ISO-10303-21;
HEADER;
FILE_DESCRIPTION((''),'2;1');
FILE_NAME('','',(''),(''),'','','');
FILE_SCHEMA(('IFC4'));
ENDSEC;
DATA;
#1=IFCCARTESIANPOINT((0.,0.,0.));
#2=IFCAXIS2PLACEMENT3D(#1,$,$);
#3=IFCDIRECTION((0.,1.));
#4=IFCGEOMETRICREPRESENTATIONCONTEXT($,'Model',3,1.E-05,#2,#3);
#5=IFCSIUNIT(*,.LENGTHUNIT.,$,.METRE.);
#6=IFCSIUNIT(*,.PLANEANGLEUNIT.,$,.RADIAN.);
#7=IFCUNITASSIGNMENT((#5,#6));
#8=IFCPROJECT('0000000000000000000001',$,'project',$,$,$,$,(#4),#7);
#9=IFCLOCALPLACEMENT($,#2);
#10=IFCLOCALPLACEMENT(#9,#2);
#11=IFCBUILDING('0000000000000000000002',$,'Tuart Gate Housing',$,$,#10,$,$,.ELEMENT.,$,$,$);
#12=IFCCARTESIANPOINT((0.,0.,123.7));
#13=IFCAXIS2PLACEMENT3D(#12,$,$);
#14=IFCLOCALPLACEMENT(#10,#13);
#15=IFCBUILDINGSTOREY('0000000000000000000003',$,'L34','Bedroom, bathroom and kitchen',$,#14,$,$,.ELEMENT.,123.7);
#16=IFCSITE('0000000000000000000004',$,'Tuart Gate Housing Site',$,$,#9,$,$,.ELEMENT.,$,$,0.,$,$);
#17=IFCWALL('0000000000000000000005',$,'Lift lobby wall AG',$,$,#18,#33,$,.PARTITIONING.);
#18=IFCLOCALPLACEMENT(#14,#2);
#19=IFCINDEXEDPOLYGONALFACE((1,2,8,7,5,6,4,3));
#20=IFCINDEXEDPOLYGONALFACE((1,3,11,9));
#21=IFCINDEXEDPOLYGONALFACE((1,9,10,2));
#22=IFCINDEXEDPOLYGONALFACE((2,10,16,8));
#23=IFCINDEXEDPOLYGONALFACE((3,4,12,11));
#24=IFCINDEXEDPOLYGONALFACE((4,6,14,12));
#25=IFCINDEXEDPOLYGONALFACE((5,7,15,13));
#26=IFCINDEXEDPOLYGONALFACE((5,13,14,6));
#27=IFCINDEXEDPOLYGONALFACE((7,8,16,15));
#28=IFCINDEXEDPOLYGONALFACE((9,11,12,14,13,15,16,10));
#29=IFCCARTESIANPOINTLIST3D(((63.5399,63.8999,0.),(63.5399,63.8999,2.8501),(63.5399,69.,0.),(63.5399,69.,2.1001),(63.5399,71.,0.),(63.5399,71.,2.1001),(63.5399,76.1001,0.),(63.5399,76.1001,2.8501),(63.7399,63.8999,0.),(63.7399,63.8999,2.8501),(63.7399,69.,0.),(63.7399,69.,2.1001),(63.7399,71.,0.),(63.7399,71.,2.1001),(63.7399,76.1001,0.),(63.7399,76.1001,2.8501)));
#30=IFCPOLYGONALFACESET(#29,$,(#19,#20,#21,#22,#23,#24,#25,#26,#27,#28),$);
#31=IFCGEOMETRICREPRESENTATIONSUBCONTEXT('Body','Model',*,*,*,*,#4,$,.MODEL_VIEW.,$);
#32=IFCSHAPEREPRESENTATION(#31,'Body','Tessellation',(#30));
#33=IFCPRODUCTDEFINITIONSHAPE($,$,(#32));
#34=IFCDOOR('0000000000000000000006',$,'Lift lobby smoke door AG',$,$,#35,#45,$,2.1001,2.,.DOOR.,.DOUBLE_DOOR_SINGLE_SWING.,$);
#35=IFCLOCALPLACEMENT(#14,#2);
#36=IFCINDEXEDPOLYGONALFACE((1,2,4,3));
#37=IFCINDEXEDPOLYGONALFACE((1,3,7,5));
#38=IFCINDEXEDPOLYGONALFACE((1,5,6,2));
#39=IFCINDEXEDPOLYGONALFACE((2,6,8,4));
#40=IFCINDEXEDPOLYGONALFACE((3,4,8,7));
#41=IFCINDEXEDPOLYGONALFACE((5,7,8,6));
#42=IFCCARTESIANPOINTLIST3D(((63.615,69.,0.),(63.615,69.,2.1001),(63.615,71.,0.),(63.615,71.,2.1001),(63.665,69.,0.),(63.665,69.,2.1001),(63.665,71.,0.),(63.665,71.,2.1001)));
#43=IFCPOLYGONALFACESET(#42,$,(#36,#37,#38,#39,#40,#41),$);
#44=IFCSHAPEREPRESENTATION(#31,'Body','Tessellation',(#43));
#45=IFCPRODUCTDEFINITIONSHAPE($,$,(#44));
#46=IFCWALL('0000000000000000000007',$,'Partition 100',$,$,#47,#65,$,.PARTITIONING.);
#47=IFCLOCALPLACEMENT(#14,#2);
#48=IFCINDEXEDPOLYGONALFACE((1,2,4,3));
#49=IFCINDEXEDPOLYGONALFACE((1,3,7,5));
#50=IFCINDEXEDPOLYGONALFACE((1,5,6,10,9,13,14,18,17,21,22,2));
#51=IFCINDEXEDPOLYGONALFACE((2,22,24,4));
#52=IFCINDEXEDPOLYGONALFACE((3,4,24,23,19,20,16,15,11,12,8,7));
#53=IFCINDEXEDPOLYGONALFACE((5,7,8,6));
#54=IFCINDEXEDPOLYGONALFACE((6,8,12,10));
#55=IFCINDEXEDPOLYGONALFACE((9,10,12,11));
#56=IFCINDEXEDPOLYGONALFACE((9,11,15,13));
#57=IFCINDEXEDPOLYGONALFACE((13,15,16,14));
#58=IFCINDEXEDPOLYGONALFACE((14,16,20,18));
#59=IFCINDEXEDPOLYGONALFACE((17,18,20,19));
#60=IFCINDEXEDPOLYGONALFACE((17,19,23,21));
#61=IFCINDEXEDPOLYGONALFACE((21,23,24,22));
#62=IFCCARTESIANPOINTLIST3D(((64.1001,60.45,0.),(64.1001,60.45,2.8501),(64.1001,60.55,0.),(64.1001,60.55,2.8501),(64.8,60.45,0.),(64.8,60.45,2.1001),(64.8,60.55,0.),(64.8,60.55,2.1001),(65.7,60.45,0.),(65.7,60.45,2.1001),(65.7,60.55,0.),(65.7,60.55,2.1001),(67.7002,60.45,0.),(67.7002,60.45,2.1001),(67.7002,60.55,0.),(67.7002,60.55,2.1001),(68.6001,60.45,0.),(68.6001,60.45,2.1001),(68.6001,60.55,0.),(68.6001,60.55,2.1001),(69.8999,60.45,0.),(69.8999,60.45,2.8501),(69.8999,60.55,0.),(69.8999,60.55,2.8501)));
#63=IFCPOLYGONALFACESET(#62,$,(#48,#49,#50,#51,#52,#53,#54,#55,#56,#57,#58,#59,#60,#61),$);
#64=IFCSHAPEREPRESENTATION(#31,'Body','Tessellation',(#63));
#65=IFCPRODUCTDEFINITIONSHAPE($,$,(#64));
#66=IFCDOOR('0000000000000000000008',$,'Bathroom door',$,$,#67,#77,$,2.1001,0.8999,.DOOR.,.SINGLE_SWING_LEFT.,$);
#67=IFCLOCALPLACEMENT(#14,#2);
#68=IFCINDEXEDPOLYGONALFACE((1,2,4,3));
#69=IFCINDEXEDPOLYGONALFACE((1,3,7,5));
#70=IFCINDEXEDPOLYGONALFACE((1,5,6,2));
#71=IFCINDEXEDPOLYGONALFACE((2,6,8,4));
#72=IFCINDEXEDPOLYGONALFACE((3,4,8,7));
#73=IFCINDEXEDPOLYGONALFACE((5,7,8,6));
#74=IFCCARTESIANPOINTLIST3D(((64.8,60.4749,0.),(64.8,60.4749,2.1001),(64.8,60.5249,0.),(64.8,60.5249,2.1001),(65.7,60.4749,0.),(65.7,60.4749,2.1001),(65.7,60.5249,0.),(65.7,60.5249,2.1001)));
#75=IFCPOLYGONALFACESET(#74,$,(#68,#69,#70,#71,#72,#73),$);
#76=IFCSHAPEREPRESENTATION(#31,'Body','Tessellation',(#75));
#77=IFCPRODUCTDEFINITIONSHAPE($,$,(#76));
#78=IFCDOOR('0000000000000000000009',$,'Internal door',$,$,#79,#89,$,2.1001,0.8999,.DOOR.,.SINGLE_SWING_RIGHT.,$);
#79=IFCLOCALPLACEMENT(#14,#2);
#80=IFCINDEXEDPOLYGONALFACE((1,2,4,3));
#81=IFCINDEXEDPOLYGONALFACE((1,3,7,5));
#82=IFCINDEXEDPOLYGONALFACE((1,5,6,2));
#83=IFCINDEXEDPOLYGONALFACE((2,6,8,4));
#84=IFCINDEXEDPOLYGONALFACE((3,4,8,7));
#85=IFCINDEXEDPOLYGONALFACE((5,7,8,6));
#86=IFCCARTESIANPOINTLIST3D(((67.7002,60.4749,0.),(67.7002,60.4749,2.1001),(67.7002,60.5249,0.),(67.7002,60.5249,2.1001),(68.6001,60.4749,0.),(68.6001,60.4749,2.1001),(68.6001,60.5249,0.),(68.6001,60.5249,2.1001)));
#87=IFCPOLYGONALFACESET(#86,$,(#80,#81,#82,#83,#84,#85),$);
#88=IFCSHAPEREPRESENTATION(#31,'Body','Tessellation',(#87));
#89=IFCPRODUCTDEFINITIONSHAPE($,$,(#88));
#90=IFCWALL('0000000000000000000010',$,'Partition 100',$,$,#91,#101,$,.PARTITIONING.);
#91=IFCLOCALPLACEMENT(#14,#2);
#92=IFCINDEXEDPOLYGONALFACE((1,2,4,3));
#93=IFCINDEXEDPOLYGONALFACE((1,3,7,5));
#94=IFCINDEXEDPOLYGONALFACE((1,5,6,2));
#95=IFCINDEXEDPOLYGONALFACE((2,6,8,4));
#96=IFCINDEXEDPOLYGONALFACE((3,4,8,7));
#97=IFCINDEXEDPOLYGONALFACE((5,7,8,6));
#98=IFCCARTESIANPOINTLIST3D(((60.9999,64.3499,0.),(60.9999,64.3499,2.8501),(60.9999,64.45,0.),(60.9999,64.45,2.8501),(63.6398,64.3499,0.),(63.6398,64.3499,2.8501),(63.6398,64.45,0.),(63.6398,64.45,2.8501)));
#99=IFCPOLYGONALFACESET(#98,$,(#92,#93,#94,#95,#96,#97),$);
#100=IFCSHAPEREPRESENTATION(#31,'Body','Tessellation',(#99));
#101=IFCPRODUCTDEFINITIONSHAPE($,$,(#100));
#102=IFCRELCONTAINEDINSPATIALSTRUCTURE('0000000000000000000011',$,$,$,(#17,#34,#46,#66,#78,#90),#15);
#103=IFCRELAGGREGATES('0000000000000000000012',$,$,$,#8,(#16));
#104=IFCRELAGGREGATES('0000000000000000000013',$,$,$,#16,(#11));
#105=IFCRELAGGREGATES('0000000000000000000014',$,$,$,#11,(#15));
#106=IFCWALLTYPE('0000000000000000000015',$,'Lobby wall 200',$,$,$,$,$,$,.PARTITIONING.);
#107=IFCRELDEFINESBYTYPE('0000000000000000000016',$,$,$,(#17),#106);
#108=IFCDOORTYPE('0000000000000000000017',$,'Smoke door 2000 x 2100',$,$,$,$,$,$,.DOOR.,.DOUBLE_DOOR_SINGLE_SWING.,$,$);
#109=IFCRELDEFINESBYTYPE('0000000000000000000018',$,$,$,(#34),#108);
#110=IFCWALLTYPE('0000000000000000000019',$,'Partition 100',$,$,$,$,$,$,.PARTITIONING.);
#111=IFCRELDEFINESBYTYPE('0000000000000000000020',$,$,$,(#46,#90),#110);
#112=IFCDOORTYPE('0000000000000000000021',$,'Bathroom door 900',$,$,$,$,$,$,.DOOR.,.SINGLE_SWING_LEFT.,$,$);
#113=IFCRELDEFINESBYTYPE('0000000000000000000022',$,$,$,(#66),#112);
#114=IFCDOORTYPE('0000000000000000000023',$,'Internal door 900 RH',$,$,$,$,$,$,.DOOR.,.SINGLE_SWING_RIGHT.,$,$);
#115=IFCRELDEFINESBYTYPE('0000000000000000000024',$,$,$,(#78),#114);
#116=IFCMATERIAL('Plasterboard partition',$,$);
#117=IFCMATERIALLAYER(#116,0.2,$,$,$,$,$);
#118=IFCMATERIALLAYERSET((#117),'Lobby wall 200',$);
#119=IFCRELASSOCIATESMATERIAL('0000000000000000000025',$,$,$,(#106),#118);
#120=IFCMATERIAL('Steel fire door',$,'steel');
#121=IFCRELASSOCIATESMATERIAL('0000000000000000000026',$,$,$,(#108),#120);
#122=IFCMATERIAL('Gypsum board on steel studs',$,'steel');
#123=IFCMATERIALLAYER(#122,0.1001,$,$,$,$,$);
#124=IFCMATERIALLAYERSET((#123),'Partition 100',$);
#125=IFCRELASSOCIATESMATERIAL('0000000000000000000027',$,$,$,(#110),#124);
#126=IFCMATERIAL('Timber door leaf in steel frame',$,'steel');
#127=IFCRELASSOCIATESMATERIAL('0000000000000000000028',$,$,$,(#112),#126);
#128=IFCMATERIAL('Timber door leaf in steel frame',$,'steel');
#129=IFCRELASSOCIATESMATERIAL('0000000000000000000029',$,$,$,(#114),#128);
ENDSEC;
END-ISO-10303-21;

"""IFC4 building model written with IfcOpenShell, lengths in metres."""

from ifc_helpers import new_model, si_unit, direction, frame, frame_2d, origin, place, context, subcontext, project, spatial, rectangle, extrude, material, layer, layer_set, type_object, element, fill, save


model = new_model("IFC4")

# Units and contexts
model_context = context("Model", 3, precision=1e-05, world=origin(), true_north=direction((0.0, 1.0)))
body_context = subcontext(model_context, "Body", "Model", "MODEL_VIEW")
ifc_project = project(units=[si_unit("LENGTHUNIT", "METRE"), si_unit("PLANEANGLEUNIT", "RADIAN")], contexts=[model_context])

# Site, building, storey
site_placement = place(None, origin())
site = spatial("IfcSite", under=ifc_project, at=site_placement, Name="Tuart Gate Housing Site", CompositionType="ELEMENT", RefElevation=0.0)
building_placement = place(site_placement, origin())
building = spatial("IfcBuilding", under=site, at=building_placement, Name="Tuart Gate Housing", CompositionType="ELEMENT")
storey_placement = place(building_placement, frame((0.0, 0.0, 123.7)))
storey = spatial("IfcBuildingStorey", under=building, at=storey_placement, Name="L34", Description="Bedroom, bathroom and kitchen", CompositionType="ELEMENT", Elevation=123.7)

# Wall, opening, door
ifc_material_1 = material(Name="Plasterboard partition")
ifc_layer_1 = layer(ifc_material_1, 0.2)
ifc_layer_set_1 = layer_set([ifc_layer_1], Name="Lobby wall 200")
wall_type_1 = type_object("IfcWallType", Name="Lobby wall 200", PredefinedType="PARTITIONING", material=ifc_layer_set_1)
wall_1_placement = place(storey_placement, frame((63.6399, 63.8999, 0.0), z_axis=(0.0, 0.0, 1.0), x_axis=(0.0, 1.0, 0.0)))
wall_1 = element("IfcWall", 1, at=wall_1_placement, inside=storey, type_object=wall_type_1, Name="Lift lobby wall AG", PredefinedType="PARTITIONING", context=body_context, shape_type="SweptSolid", body=[
    extrude(rectangle(XDim=12.2002, YDim=0.2, at=frame_2d((6.1001, 0.0))), origin(), (0.0, 0.0, 1.0), 2.8501),
])
opening_1_placement = place(wall_1_placement, frame((5.1001, 0.0, 0.0)))
opening_1 = element("IfcOpeningElement", 2, at=opening_1_placement, cuts=wall_1, PredefinedType="OPENING", context=body_context, shape_type="SweptSolid", body=[
    extrude(rectangle(XDim=2.0, YDim=2.1001, at=frame_2d((1.0, 1.05))), frame((0.0, 0.1099, 0.0), z_axis=(0.0, -1.0, 0.0), x_axis=(1.0, 0.0, 0.0)), (0.0, 0.0, 1.0), 0.22),
])
ifc_material_2 = material(Name="Steel fire door", Category="steel")
door_type_1 = type_object("IfcDoorType", Name="Smoke door 2000 x 2100", OperationType="DOUBLE_DOOR_SINGLE_SWING", PredefinedType="DOOR", material=ifc_material_2)
door_1_placement = place(opening_1_placement, frame((2.0, 0.0, 0.0), z_axis=(0.0, 0.0, 1.0), x_axis=(-1.0, 0.0, 0.0)))
door_1 = element("IfcDoor", 3, at=door_1_placement, inside=storey, type_object=door_type_1, Name="Lift lobby smoke door AG", OperationType="DOUBLE_DOOR_SINGLE_SWING", OverallHeight=2.1001, OverallWidth=2.0, PredefinedType="DOOR", context=body_context, shape_type="SweptSolid", body=[
    extrude(rectangle(XDim=2.0, YDim=2.1001, at=frame_2d((1.0, 1.05))), frame((0.0, 0.0251, 0.0), z_axis=(0.0, -1.0, 0.0), x_axis=(1.0, 0.0, 0.0)), (0.0, 0.0, 1.0), 0.05),
])
fill(opening_1, door_1)

# Wall, openings, doors
ifc_material_3 = material(Name="Gypsum board on steel studs", Category="steel")
ifc_layer_2 = layer(ifc_material_3, 0.1001)
ifc_layer_set_2 = layer_set([ifc_layer_2], Name="Partition 100")
wall_type_2 = type_object("IfcWallType", Name="Partition 100", PredefinedType="PARTITIONING", material=ifc_layer_set_2)
wall_2_placement = place(storey_placement, frame((64.1001, 60.5, 0.0), z_axis=(0.0, 0.0, 1.0), x_axis=(1.0, 0.0, 0.0)))
wall_2 = element("IfcWall", 4, at=wall_2_placement, inside=storey, type_object=wall_type_2, Name="Partition 100", PredefinedType="PARTITIONING", context=body_context, shape_type="SweptSolid", body=[
    extrude(rectangle(XDim=5.7998, YDim=0.1001, at=frame_2d((2.8999, 0.0))), origin(), (0.0, 0.0, 1.0), 2.8501),
])
opening_2_placement = place(wall_2_placement, frame((3.6001, 0.0, 0.0)))
opening_2 = element("IfcOpeningElement", 5, at=opening_2_placement, cuts=wall_2, PredefinedType="OPENING", context=body_context, shape_type="SweptSolid", body=[
    extrude(rectangle(XDim=0.8999, YDim=2.1001, at=frame_2d((0.45, 1.05))), frame((0.0, 0.0601, 0.0), z_axis=(0.0, -1.0, 0.0), x_axis=(1.0, 0.0, 0.0)), (0.0, 0.0, 1.0), 0.1201),
])
opening_3_placement = place(wall_2_placement, frame((0.7, 0.0, 0.0)))
opening_3 = element("IfcOpeningElement", 6, at=opening_3_placement, cuts=wall_2, PredefinedType="OPENING", context=body_context, shape_type="SweptSolid", body=[
    extrude(rectangle(XDim=0.8999, YDim=2.1001, at=frame_2d((0.45, 1.05))), frame((0.0, 0.0601, 0.0), z_axis=(0.0, -1.0, 0.0), x_axis=(1.0, 0.0, 0.0)), (0.0, 0.0, 1.0), 0.1201),
])
ifc_material_4 = material(Name="Timber door leaf in steel frame", Category="steel")
door_type_2 = type_object("IfcDoorType", Name="Bathroom door 900", OperationType="SINGLE_SWING_LEFT", PredefinedType="DOOR", material=ifc_material_4)
door_2_placement = place(opening_3_placement, frame((0.8999, 0.0, 0.0), z_axis=(0.0, 0.0, 1.0), x_axis=(-1.0, 0.0, 0.0)))
door_2 = element("IfcDoor", 7, at=door_2_placement, inside=storey, type_object=door_type_2, Name="Bathroom door", OperationType="SINGLE_SWING_LEFT", OverallHeight=2.1001, OverallWidth=0.8999, PredefinedType="DOOR", context=body_context, shape_type="SweptSolid", body=[
    extrude(rectangle(XDim=0.8999, YDim=2.1001, at=frame_2d((0.45, 1.05))), frame((0.0, 0.0251, 0.0), z_axis=(0.0, -1.0, 0.0), x_axis=(1.0, 0.0, 0.0)), (0.0, 0.0, 1.0), 0.05),
])
fill(opening_3, door_2)
ifc_material_5 = material(Name="Timber door leaf in steel frame", Category="steel")
door_type_3 = type_object("IfcDoorType", Name="Internal door 900 RH", OperationType="SINGLE_SWING_RIGHT", PredefinedType="DOOR", material=ifc_material_5)
door_3_placement = place(opening_2_placement, origin())
door_3 = element("IfcDoor", 8, at=door_3_placement, inside=storey, type_object=door_type_3, Name="Internal door", OperationType="SINGLE_SWING_RIGHT", OverallHeight=2.1001, OverallWidth=0.8999, PredefinedType="DOOR", context=body_context, shape_type="SweptSolid", body=[
    extrude(rectangle(XDim=0.8999, YDim=2.1001, at=frame_2d((0.45, 1.05))), frame((0.0, 0.0249, 0.0), z_axis=(0.0, -1.0, 0.0), x_axis=(1.0, 0.0, 0.0)), (0.0, 0.0, 1.0), 0.05),
])
fill(opening_2, door_3)

# Wall
wall_3_placement = place(storey_placement, frame((61.0, 64.3999, 0.0), z_axis=(0.0, 0.0, 1.0), x_axis=(1.0, 0.0, 0.0)))
element("IfcWall", 9, at=wall_3_placement, inside=storey, type_object=wall_type_2, Name="Partition 100", PredefinedType="PARTITIONING", context=body_context, shape_type="SweptSolid", body=[
    extrude(rectangle(XDim=2.6399, YDim=0.1001, at=frame_2d((1.3198, 0.0))), origin(), (0.0, 0.0, 1.0), 2.8501),
])

save(model, "model.ifc")
